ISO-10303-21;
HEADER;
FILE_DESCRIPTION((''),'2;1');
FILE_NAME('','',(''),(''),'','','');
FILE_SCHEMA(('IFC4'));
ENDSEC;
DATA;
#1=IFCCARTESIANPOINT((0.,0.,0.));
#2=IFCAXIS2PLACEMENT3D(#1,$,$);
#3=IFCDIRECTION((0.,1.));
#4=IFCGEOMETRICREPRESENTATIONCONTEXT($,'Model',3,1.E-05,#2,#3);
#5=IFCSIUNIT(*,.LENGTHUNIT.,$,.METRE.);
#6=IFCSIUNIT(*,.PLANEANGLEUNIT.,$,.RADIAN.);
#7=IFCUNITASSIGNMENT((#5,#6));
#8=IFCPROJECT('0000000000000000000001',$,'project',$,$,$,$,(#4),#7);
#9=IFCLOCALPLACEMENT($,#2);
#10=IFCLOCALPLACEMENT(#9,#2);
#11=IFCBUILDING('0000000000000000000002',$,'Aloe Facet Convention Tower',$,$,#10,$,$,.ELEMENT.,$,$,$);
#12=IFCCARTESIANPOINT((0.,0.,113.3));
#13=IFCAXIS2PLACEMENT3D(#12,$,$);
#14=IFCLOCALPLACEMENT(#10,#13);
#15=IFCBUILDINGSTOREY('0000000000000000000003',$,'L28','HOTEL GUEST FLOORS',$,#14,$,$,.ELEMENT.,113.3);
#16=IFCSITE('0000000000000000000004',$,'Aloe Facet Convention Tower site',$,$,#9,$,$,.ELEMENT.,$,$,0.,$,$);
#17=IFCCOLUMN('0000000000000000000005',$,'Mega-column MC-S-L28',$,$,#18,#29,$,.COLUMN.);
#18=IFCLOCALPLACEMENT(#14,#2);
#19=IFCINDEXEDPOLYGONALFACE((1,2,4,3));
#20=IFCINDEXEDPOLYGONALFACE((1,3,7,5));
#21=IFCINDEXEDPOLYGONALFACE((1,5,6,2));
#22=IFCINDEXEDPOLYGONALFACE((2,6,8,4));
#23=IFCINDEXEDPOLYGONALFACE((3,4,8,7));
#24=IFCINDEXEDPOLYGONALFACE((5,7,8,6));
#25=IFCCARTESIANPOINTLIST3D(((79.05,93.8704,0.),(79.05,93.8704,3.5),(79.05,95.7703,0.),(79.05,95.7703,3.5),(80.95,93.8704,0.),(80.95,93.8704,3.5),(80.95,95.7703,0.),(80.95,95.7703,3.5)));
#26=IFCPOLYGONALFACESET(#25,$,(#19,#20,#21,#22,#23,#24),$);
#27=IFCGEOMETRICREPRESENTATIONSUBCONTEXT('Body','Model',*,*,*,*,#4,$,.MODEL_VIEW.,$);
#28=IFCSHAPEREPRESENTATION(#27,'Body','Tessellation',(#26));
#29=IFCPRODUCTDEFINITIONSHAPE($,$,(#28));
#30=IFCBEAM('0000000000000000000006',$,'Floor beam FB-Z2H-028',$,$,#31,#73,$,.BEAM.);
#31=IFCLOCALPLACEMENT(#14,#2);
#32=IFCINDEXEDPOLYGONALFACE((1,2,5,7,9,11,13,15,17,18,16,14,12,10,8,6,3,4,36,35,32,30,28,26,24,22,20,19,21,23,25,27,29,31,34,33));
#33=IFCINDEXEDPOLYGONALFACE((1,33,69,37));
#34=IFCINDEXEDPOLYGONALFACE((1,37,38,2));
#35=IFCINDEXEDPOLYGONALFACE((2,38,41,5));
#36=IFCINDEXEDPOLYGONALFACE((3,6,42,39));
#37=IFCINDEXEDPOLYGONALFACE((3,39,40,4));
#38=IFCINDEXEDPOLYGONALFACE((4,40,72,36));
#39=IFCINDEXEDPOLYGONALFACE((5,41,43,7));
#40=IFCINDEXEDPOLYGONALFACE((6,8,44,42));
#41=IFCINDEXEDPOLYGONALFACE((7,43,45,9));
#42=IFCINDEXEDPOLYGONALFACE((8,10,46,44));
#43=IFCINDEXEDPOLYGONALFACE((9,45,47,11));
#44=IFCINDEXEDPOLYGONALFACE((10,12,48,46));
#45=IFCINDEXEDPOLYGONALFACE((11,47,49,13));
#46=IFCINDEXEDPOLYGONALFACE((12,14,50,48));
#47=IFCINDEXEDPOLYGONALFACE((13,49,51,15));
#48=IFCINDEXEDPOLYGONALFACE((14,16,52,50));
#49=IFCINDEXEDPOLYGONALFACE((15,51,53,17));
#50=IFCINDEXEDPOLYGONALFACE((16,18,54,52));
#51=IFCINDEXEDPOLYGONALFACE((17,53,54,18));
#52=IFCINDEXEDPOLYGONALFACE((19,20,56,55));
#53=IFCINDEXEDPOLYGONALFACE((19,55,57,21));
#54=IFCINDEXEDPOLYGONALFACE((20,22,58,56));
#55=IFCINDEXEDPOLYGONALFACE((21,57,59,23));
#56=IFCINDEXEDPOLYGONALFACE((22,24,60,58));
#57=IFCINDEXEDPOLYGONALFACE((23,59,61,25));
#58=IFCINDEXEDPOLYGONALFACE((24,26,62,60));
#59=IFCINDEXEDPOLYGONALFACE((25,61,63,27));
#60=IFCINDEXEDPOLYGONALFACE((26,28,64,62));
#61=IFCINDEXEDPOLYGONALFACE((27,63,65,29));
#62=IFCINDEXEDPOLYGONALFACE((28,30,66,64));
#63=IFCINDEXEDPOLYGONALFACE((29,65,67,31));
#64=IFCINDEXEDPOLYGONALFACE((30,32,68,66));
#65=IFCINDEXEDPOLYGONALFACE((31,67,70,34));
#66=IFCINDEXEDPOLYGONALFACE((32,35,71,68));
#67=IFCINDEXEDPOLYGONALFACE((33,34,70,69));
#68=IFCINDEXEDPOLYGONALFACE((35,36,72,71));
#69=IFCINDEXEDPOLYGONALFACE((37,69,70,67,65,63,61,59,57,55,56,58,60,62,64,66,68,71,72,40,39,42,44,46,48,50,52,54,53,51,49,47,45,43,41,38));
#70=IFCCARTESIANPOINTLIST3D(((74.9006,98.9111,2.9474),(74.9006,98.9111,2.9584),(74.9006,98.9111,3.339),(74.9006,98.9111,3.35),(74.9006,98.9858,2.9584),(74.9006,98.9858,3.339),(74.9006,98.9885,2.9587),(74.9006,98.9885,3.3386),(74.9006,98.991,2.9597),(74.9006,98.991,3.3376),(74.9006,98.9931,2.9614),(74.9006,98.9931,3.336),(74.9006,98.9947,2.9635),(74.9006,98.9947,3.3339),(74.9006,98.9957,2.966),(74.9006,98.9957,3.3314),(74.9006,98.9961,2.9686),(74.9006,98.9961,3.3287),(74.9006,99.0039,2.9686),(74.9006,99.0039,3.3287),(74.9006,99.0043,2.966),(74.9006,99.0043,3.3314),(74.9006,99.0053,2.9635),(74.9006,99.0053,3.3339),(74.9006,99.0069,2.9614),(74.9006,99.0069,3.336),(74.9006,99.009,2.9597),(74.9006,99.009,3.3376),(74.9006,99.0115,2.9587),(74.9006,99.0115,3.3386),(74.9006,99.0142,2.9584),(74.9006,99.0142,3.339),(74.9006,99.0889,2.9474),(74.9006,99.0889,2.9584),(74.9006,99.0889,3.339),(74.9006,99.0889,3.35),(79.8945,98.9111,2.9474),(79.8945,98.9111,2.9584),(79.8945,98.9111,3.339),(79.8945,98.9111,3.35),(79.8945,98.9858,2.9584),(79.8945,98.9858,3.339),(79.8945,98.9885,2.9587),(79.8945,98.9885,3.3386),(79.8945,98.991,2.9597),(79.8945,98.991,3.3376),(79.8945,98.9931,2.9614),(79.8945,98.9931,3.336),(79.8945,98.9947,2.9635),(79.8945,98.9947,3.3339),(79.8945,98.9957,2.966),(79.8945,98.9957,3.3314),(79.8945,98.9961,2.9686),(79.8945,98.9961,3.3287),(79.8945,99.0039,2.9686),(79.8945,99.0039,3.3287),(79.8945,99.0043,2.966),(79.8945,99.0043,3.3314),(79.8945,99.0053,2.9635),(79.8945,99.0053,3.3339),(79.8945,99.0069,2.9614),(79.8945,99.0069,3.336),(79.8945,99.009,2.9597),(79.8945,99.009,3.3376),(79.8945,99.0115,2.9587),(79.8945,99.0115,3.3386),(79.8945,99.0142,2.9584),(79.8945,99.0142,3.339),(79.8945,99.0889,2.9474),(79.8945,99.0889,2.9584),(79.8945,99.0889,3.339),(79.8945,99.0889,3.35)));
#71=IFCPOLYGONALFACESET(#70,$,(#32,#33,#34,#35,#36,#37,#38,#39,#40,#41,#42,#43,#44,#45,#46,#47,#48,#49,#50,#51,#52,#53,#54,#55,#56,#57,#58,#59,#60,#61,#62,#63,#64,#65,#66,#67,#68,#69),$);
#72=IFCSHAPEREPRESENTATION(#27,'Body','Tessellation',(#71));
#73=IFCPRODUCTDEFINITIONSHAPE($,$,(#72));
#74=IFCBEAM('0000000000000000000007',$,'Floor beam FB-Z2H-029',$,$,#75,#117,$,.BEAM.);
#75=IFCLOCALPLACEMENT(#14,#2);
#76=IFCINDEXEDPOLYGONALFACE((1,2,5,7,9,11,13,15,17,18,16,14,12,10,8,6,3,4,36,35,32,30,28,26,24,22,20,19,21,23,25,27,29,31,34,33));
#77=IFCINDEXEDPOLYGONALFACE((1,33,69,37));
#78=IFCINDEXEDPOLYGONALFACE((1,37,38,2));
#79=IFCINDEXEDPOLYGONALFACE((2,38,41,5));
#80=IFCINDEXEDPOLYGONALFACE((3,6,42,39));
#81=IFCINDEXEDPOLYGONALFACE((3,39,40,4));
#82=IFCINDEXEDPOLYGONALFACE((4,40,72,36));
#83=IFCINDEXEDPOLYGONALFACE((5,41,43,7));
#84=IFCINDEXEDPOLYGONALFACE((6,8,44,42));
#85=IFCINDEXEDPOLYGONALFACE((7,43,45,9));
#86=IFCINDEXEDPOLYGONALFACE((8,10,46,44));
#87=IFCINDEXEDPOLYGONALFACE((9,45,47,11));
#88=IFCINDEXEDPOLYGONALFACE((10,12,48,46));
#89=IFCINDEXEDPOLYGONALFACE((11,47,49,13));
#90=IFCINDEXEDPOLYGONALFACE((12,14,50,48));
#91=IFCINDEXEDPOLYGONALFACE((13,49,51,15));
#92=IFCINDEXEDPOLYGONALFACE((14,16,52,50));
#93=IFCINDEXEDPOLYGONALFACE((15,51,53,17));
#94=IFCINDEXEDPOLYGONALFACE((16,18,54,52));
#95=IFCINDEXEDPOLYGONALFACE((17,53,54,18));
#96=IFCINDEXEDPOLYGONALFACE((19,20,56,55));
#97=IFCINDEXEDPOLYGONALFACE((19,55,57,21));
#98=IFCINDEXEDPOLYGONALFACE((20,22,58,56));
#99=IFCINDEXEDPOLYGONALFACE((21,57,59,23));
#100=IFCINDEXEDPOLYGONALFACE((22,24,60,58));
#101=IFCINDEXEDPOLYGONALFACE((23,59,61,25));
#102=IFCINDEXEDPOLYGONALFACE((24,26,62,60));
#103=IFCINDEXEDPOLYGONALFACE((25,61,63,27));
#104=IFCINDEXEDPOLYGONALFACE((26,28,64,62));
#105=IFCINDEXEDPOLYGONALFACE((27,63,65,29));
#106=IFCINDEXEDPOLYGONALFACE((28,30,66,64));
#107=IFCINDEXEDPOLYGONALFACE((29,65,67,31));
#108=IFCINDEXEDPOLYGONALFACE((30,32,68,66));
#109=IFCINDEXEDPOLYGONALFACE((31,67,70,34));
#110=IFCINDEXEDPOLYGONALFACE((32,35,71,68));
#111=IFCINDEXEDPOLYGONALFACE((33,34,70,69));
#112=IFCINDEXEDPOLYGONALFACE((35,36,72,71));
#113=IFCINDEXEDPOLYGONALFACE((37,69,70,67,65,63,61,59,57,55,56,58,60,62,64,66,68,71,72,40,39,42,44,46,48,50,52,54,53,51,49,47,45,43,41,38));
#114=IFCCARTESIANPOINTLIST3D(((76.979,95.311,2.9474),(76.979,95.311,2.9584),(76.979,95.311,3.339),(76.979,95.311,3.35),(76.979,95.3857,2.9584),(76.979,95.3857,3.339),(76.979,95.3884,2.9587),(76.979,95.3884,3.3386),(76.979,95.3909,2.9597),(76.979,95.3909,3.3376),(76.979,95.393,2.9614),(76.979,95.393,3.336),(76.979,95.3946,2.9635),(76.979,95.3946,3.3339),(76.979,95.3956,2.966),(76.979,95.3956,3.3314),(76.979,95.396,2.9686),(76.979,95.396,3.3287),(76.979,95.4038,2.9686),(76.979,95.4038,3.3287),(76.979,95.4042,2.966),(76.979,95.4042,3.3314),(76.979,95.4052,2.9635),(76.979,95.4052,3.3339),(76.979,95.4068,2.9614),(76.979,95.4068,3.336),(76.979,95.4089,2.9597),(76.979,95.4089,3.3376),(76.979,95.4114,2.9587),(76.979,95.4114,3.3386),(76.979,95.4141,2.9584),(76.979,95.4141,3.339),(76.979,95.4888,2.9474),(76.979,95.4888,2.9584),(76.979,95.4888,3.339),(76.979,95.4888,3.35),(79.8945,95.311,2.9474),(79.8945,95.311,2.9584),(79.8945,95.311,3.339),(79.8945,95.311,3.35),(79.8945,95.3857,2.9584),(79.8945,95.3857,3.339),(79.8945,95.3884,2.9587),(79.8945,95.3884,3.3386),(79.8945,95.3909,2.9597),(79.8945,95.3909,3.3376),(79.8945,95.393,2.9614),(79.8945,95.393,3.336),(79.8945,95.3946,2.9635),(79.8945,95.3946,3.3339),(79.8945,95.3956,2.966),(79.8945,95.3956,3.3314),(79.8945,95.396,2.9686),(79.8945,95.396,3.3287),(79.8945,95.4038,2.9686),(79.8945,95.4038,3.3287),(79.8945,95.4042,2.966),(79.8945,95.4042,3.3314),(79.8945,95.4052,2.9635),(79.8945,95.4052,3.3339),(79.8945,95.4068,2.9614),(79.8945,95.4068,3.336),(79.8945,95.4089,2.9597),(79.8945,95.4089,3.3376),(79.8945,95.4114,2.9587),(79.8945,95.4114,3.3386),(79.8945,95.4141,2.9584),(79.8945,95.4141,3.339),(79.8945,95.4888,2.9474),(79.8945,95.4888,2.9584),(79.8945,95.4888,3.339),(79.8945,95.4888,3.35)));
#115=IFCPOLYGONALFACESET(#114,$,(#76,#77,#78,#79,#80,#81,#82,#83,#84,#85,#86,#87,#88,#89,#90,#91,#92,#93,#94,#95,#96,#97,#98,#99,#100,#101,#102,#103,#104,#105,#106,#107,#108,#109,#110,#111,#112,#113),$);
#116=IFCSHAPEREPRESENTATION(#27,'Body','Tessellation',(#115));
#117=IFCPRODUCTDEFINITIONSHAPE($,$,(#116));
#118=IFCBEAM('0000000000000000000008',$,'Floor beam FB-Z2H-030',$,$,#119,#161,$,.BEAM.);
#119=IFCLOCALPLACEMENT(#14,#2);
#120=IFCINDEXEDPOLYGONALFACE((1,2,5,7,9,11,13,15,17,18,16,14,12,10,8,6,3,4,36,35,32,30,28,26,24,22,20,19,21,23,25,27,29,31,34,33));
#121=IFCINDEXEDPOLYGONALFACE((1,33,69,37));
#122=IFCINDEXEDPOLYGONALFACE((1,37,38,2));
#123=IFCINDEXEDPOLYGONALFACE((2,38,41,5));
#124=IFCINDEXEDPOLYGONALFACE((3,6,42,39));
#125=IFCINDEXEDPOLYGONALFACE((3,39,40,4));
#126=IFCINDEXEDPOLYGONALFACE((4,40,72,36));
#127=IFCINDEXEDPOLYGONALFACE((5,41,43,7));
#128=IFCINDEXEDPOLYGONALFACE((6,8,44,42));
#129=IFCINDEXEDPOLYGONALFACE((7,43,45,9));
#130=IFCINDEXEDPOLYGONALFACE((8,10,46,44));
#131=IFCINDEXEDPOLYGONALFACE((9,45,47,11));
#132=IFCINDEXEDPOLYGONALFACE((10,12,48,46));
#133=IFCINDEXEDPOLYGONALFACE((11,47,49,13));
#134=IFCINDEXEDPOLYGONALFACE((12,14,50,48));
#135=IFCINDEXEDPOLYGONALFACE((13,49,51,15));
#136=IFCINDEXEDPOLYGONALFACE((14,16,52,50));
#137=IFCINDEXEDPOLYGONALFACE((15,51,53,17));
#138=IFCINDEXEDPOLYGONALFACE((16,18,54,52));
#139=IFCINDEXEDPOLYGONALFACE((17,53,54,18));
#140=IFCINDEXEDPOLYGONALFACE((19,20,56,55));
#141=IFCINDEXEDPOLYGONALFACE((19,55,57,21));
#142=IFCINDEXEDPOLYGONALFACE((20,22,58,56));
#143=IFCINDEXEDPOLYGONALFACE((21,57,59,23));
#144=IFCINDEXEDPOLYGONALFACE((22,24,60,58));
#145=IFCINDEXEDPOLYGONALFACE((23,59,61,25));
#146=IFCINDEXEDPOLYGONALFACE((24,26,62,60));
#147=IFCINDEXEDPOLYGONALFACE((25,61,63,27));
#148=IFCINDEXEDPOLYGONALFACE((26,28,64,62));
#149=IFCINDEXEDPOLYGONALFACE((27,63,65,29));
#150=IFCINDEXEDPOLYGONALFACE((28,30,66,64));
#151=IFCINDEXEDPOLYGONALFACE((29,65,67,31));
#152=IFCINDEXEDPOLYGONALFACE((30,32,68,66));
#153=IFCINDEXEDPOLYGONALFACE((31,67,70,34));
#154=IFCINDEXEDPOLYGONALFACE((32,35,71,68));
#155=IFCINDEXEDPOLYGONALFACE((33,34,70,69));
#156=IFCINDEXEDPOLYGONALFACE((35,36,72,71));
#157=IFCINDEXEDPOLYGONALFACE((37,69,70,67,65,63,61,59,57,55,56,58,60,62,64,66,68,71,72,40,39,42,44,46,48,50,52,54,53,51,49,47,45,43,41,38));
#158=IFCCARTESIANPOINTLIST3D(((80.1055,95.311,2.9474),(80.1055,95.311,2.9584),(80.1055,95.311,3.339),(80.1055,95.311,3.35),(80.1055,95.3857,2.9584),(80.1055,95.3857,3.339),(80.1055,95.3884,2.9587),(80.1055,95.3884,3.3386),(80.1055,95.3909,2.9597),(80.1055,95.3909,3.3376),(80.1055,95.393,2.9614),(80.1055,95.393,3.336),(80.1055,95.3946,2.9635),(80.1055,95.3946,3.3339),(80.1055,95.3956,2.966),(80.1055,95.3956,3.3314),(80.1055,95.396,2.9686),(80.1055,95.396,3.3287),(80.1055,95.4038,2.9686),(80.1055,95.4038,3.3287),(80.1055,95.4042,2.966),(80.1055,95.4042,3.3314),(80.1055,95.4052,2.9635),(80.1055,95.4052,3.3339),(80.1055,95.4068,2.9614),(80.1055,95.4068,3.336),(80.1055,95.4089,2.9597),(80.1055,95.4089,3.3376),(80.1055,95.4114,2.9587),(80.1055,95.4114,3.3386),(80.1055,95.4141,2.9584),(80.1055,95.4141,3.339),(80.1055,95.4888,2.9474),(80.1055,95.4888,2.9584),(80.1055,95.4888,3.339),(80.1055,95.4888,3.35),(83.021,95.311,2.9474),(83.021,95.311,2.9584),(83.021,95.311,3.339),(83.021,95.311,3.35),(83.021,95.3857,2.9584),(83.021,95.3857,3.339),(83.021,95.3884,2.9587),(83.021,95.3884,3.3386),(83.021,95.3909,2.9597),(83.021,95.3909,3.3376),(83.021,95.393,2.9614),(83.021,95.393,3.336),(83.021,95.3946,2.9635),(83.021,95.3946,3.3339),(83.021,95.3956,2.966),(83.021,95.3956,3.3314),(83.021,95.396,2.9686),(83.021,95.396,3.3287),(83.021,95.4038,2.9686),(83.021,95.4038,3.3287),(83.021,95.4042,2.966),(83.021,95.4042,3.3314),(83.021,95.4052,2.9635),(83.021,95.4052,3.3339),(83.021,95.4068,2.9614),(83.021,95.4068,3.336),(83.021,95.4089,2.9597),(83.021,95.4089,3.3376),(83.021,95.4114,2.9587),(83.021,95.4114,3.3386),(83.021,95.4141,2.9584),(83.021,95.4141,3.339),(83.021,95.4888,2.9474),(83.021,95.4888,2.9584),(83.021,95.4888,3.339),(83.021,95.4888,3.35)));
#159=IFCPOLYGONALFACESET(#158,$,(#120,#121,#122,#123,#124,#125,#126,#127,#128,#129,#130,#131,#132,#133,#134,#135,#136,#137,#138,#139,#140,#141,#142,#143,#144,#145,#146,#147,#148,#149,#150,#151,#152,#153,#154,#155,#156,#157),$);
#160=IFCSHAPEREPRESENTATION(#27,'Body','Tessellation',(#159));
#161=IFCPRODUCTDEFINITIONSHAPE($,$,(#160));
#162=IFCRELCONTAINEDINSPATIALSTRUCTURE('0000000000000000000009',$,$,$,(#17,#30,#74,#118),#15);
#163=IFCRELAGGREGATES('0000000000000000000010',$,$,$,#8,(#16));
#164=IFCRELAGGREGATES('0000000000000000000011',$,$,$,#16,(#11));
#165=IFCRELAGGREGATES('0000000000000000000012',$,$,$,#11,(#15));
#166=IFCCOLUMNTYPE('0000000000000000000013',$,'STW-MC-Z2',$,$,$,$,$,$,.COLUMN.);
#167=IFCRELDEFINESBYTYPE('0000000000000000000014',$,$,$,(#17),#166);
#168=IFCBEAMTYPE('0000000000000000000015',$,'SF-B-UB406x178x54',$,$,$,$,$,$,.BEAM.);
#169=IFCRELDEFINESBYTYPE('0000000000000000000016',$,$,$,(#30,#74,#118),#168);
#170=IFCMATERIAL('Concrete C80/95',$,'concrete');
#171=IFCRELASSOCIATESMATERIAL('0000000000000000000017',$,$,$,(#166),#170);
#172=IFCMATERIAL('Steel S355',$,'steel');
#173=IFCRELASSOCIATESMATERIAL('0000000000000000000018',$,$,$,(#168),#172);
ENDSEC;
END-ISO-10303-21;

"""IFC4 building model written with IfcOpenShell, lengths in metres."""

from ifc_helpers import new_model, si_unit, direction, frame, origin, origin_2d, place, context, subcontext, project, spatial, rectangle, i_section, extrude, material, material_profile, profile_set, type_object, element, save


model = new_model("IFC4")

# Units and contexts
model_context = context("Model", 3, precision=1e-05, world=origin(), true_north=direction((0.0, 1.0)))
body_context = subcontext(model_context, "Body", "Model", "MODEL_VIEW")
ifc_project = project(units=[si_unit("LENGTHUNIT", "METRE"), si_unit("PLANEANGLEUNIT", "RADIAN")], contexts=[model_context])

# Site, building, storey
site_placement = place(None, origin())
site = spatial("IfcSite", under=ifc_project, at=site_placement, Name="Aloe Facet Convention Tower site", CompositionType="ELEMENT", RefElevation=0.0)
building_placement = place(site_placement, origin())
building = spatial("IfcBuilding", under=site, at=building_placement, Name="Aloe Facet Convention Tower", CompositionType="ELEMENT")
storey_placement = place(building_placement, frame((0.0, 0.0, 113.3)))
storey = spatial("IfcBuildingStorey", under=building, at=storey_placement, Name="L28", Description="HOTEL GUEST FLOORS", CompositionType="ELEMENT", Elevation=113.3)

# Column
ifc_material_1 = material(Name="Concrete C80/95", Category="concrete")
ifc_material_profile_1 = material_profile(ifc_material_1, rectangle(XDim=1.8999, YDim=1.8999, at=origin_2d()), Name="STW-MC-Z2")
ifc_profile_set_1 = profile_set([ifc_material_profile_1], Name="Concrete C80/95")
column_type = type_object("IfcColumnType", Name="STW-MC-Z2", PredefinedType="COLUMN", material=ifc_profile_set_1)
column_placement = place(storey_placement, frame((80.0, 94.8203, 0.0), z_axis=(0.0, 0.0, 1.0), x_axis=(1.0, 0.0, 0.0)))
element("IfcColumn", 1, at=column_placement, inside=storey, type_object=column_type, Name="Mega-column MC-S-L28", PredefinedType="COLUMN", context=body_context, shape_type="SweptSolid", body=[
    extrude(rectangle(XDim=1.8999, YDim=1.8999, at=origin_2d()), origin(), (0.0, 0.0, 1.0), 3.5),
])

# Beams
ifc_material_2 = material(Name="Steel S355", Category="steel")
ifc_material_profile_2 = material_profile(ifc_material_2, i_section(OverallWidth=0.1777, OverallDepth=0.4026, WebThickness=0.0078, FlangeThickness=0.011, FilletRadius=0.0103, at=origin_2d()), Name="UB 406x178x54")
ifc_profile_set_2 = profile_set([ifc_material_profile_2], Name="Steel S355")
beam_type_1 = type_object("IfcBeamType", Name="SF-B-UB406x178x54", PredefinedType="BEAM", material=ifc_profile_set_2)
beam_1_placement = place(storey_placement, frame((74.9006, 99.0, 3.1487), z_axis=(1.0, 0.0, 0.0), x_axis=(0.0, 1.0, 0.0)))
element("IfcBeam", 2, at=beam_1_placement, inside=storey, type_object=beam_type_1, Name="Floor beam FB-Z2H-028", PredefinedType="BEAM", context=body_context, shape_type="SweptSolid", body=[
    extrude(i_section(OverallWidth=0.1777, OverallDepth=0.4026, WebThickness=0.0078, FlangeThickness=0.011, FilletRadius=0.0103, at=origin_2d()), origin(), (0.0, 0.0, 1.0), 4.9939),
])
for number, where, z_axis, x_axis, name in (
    (3, (76.979, 95.3999, 3.1487), (1.0, 0.0, 0.0), (0.0, 1.0, 0.0), "Floor beam FB-Z2H-029"),
    (4, (80.1055, 95.3999, 3.1487), (1.0, 0.0, 0.0), (0.0, 1.0, 0.0), "Floor beam FB-Z2H-030"),
):
    element("IfcBeam", number, at=place(storey_placement, frame(where, z_axis=z_axis, x_axis=x_axis)), inside=storey, type_object=beam_type_1, Name=name, PredefinedType="BEAM", context=body_context, shape_type="SweptSolid", body=[
        extrude(i_section(OverallWidth=0.1777, OverallDepth=0.4026, WebThickness=0.0078, FlangeThickness=0.011, FilletRadius=0.0103, at=origin_2d()), origin(), (0.0, 0.0, 1.0), 2.9155),
    ])

save(model, "model.ifc")
